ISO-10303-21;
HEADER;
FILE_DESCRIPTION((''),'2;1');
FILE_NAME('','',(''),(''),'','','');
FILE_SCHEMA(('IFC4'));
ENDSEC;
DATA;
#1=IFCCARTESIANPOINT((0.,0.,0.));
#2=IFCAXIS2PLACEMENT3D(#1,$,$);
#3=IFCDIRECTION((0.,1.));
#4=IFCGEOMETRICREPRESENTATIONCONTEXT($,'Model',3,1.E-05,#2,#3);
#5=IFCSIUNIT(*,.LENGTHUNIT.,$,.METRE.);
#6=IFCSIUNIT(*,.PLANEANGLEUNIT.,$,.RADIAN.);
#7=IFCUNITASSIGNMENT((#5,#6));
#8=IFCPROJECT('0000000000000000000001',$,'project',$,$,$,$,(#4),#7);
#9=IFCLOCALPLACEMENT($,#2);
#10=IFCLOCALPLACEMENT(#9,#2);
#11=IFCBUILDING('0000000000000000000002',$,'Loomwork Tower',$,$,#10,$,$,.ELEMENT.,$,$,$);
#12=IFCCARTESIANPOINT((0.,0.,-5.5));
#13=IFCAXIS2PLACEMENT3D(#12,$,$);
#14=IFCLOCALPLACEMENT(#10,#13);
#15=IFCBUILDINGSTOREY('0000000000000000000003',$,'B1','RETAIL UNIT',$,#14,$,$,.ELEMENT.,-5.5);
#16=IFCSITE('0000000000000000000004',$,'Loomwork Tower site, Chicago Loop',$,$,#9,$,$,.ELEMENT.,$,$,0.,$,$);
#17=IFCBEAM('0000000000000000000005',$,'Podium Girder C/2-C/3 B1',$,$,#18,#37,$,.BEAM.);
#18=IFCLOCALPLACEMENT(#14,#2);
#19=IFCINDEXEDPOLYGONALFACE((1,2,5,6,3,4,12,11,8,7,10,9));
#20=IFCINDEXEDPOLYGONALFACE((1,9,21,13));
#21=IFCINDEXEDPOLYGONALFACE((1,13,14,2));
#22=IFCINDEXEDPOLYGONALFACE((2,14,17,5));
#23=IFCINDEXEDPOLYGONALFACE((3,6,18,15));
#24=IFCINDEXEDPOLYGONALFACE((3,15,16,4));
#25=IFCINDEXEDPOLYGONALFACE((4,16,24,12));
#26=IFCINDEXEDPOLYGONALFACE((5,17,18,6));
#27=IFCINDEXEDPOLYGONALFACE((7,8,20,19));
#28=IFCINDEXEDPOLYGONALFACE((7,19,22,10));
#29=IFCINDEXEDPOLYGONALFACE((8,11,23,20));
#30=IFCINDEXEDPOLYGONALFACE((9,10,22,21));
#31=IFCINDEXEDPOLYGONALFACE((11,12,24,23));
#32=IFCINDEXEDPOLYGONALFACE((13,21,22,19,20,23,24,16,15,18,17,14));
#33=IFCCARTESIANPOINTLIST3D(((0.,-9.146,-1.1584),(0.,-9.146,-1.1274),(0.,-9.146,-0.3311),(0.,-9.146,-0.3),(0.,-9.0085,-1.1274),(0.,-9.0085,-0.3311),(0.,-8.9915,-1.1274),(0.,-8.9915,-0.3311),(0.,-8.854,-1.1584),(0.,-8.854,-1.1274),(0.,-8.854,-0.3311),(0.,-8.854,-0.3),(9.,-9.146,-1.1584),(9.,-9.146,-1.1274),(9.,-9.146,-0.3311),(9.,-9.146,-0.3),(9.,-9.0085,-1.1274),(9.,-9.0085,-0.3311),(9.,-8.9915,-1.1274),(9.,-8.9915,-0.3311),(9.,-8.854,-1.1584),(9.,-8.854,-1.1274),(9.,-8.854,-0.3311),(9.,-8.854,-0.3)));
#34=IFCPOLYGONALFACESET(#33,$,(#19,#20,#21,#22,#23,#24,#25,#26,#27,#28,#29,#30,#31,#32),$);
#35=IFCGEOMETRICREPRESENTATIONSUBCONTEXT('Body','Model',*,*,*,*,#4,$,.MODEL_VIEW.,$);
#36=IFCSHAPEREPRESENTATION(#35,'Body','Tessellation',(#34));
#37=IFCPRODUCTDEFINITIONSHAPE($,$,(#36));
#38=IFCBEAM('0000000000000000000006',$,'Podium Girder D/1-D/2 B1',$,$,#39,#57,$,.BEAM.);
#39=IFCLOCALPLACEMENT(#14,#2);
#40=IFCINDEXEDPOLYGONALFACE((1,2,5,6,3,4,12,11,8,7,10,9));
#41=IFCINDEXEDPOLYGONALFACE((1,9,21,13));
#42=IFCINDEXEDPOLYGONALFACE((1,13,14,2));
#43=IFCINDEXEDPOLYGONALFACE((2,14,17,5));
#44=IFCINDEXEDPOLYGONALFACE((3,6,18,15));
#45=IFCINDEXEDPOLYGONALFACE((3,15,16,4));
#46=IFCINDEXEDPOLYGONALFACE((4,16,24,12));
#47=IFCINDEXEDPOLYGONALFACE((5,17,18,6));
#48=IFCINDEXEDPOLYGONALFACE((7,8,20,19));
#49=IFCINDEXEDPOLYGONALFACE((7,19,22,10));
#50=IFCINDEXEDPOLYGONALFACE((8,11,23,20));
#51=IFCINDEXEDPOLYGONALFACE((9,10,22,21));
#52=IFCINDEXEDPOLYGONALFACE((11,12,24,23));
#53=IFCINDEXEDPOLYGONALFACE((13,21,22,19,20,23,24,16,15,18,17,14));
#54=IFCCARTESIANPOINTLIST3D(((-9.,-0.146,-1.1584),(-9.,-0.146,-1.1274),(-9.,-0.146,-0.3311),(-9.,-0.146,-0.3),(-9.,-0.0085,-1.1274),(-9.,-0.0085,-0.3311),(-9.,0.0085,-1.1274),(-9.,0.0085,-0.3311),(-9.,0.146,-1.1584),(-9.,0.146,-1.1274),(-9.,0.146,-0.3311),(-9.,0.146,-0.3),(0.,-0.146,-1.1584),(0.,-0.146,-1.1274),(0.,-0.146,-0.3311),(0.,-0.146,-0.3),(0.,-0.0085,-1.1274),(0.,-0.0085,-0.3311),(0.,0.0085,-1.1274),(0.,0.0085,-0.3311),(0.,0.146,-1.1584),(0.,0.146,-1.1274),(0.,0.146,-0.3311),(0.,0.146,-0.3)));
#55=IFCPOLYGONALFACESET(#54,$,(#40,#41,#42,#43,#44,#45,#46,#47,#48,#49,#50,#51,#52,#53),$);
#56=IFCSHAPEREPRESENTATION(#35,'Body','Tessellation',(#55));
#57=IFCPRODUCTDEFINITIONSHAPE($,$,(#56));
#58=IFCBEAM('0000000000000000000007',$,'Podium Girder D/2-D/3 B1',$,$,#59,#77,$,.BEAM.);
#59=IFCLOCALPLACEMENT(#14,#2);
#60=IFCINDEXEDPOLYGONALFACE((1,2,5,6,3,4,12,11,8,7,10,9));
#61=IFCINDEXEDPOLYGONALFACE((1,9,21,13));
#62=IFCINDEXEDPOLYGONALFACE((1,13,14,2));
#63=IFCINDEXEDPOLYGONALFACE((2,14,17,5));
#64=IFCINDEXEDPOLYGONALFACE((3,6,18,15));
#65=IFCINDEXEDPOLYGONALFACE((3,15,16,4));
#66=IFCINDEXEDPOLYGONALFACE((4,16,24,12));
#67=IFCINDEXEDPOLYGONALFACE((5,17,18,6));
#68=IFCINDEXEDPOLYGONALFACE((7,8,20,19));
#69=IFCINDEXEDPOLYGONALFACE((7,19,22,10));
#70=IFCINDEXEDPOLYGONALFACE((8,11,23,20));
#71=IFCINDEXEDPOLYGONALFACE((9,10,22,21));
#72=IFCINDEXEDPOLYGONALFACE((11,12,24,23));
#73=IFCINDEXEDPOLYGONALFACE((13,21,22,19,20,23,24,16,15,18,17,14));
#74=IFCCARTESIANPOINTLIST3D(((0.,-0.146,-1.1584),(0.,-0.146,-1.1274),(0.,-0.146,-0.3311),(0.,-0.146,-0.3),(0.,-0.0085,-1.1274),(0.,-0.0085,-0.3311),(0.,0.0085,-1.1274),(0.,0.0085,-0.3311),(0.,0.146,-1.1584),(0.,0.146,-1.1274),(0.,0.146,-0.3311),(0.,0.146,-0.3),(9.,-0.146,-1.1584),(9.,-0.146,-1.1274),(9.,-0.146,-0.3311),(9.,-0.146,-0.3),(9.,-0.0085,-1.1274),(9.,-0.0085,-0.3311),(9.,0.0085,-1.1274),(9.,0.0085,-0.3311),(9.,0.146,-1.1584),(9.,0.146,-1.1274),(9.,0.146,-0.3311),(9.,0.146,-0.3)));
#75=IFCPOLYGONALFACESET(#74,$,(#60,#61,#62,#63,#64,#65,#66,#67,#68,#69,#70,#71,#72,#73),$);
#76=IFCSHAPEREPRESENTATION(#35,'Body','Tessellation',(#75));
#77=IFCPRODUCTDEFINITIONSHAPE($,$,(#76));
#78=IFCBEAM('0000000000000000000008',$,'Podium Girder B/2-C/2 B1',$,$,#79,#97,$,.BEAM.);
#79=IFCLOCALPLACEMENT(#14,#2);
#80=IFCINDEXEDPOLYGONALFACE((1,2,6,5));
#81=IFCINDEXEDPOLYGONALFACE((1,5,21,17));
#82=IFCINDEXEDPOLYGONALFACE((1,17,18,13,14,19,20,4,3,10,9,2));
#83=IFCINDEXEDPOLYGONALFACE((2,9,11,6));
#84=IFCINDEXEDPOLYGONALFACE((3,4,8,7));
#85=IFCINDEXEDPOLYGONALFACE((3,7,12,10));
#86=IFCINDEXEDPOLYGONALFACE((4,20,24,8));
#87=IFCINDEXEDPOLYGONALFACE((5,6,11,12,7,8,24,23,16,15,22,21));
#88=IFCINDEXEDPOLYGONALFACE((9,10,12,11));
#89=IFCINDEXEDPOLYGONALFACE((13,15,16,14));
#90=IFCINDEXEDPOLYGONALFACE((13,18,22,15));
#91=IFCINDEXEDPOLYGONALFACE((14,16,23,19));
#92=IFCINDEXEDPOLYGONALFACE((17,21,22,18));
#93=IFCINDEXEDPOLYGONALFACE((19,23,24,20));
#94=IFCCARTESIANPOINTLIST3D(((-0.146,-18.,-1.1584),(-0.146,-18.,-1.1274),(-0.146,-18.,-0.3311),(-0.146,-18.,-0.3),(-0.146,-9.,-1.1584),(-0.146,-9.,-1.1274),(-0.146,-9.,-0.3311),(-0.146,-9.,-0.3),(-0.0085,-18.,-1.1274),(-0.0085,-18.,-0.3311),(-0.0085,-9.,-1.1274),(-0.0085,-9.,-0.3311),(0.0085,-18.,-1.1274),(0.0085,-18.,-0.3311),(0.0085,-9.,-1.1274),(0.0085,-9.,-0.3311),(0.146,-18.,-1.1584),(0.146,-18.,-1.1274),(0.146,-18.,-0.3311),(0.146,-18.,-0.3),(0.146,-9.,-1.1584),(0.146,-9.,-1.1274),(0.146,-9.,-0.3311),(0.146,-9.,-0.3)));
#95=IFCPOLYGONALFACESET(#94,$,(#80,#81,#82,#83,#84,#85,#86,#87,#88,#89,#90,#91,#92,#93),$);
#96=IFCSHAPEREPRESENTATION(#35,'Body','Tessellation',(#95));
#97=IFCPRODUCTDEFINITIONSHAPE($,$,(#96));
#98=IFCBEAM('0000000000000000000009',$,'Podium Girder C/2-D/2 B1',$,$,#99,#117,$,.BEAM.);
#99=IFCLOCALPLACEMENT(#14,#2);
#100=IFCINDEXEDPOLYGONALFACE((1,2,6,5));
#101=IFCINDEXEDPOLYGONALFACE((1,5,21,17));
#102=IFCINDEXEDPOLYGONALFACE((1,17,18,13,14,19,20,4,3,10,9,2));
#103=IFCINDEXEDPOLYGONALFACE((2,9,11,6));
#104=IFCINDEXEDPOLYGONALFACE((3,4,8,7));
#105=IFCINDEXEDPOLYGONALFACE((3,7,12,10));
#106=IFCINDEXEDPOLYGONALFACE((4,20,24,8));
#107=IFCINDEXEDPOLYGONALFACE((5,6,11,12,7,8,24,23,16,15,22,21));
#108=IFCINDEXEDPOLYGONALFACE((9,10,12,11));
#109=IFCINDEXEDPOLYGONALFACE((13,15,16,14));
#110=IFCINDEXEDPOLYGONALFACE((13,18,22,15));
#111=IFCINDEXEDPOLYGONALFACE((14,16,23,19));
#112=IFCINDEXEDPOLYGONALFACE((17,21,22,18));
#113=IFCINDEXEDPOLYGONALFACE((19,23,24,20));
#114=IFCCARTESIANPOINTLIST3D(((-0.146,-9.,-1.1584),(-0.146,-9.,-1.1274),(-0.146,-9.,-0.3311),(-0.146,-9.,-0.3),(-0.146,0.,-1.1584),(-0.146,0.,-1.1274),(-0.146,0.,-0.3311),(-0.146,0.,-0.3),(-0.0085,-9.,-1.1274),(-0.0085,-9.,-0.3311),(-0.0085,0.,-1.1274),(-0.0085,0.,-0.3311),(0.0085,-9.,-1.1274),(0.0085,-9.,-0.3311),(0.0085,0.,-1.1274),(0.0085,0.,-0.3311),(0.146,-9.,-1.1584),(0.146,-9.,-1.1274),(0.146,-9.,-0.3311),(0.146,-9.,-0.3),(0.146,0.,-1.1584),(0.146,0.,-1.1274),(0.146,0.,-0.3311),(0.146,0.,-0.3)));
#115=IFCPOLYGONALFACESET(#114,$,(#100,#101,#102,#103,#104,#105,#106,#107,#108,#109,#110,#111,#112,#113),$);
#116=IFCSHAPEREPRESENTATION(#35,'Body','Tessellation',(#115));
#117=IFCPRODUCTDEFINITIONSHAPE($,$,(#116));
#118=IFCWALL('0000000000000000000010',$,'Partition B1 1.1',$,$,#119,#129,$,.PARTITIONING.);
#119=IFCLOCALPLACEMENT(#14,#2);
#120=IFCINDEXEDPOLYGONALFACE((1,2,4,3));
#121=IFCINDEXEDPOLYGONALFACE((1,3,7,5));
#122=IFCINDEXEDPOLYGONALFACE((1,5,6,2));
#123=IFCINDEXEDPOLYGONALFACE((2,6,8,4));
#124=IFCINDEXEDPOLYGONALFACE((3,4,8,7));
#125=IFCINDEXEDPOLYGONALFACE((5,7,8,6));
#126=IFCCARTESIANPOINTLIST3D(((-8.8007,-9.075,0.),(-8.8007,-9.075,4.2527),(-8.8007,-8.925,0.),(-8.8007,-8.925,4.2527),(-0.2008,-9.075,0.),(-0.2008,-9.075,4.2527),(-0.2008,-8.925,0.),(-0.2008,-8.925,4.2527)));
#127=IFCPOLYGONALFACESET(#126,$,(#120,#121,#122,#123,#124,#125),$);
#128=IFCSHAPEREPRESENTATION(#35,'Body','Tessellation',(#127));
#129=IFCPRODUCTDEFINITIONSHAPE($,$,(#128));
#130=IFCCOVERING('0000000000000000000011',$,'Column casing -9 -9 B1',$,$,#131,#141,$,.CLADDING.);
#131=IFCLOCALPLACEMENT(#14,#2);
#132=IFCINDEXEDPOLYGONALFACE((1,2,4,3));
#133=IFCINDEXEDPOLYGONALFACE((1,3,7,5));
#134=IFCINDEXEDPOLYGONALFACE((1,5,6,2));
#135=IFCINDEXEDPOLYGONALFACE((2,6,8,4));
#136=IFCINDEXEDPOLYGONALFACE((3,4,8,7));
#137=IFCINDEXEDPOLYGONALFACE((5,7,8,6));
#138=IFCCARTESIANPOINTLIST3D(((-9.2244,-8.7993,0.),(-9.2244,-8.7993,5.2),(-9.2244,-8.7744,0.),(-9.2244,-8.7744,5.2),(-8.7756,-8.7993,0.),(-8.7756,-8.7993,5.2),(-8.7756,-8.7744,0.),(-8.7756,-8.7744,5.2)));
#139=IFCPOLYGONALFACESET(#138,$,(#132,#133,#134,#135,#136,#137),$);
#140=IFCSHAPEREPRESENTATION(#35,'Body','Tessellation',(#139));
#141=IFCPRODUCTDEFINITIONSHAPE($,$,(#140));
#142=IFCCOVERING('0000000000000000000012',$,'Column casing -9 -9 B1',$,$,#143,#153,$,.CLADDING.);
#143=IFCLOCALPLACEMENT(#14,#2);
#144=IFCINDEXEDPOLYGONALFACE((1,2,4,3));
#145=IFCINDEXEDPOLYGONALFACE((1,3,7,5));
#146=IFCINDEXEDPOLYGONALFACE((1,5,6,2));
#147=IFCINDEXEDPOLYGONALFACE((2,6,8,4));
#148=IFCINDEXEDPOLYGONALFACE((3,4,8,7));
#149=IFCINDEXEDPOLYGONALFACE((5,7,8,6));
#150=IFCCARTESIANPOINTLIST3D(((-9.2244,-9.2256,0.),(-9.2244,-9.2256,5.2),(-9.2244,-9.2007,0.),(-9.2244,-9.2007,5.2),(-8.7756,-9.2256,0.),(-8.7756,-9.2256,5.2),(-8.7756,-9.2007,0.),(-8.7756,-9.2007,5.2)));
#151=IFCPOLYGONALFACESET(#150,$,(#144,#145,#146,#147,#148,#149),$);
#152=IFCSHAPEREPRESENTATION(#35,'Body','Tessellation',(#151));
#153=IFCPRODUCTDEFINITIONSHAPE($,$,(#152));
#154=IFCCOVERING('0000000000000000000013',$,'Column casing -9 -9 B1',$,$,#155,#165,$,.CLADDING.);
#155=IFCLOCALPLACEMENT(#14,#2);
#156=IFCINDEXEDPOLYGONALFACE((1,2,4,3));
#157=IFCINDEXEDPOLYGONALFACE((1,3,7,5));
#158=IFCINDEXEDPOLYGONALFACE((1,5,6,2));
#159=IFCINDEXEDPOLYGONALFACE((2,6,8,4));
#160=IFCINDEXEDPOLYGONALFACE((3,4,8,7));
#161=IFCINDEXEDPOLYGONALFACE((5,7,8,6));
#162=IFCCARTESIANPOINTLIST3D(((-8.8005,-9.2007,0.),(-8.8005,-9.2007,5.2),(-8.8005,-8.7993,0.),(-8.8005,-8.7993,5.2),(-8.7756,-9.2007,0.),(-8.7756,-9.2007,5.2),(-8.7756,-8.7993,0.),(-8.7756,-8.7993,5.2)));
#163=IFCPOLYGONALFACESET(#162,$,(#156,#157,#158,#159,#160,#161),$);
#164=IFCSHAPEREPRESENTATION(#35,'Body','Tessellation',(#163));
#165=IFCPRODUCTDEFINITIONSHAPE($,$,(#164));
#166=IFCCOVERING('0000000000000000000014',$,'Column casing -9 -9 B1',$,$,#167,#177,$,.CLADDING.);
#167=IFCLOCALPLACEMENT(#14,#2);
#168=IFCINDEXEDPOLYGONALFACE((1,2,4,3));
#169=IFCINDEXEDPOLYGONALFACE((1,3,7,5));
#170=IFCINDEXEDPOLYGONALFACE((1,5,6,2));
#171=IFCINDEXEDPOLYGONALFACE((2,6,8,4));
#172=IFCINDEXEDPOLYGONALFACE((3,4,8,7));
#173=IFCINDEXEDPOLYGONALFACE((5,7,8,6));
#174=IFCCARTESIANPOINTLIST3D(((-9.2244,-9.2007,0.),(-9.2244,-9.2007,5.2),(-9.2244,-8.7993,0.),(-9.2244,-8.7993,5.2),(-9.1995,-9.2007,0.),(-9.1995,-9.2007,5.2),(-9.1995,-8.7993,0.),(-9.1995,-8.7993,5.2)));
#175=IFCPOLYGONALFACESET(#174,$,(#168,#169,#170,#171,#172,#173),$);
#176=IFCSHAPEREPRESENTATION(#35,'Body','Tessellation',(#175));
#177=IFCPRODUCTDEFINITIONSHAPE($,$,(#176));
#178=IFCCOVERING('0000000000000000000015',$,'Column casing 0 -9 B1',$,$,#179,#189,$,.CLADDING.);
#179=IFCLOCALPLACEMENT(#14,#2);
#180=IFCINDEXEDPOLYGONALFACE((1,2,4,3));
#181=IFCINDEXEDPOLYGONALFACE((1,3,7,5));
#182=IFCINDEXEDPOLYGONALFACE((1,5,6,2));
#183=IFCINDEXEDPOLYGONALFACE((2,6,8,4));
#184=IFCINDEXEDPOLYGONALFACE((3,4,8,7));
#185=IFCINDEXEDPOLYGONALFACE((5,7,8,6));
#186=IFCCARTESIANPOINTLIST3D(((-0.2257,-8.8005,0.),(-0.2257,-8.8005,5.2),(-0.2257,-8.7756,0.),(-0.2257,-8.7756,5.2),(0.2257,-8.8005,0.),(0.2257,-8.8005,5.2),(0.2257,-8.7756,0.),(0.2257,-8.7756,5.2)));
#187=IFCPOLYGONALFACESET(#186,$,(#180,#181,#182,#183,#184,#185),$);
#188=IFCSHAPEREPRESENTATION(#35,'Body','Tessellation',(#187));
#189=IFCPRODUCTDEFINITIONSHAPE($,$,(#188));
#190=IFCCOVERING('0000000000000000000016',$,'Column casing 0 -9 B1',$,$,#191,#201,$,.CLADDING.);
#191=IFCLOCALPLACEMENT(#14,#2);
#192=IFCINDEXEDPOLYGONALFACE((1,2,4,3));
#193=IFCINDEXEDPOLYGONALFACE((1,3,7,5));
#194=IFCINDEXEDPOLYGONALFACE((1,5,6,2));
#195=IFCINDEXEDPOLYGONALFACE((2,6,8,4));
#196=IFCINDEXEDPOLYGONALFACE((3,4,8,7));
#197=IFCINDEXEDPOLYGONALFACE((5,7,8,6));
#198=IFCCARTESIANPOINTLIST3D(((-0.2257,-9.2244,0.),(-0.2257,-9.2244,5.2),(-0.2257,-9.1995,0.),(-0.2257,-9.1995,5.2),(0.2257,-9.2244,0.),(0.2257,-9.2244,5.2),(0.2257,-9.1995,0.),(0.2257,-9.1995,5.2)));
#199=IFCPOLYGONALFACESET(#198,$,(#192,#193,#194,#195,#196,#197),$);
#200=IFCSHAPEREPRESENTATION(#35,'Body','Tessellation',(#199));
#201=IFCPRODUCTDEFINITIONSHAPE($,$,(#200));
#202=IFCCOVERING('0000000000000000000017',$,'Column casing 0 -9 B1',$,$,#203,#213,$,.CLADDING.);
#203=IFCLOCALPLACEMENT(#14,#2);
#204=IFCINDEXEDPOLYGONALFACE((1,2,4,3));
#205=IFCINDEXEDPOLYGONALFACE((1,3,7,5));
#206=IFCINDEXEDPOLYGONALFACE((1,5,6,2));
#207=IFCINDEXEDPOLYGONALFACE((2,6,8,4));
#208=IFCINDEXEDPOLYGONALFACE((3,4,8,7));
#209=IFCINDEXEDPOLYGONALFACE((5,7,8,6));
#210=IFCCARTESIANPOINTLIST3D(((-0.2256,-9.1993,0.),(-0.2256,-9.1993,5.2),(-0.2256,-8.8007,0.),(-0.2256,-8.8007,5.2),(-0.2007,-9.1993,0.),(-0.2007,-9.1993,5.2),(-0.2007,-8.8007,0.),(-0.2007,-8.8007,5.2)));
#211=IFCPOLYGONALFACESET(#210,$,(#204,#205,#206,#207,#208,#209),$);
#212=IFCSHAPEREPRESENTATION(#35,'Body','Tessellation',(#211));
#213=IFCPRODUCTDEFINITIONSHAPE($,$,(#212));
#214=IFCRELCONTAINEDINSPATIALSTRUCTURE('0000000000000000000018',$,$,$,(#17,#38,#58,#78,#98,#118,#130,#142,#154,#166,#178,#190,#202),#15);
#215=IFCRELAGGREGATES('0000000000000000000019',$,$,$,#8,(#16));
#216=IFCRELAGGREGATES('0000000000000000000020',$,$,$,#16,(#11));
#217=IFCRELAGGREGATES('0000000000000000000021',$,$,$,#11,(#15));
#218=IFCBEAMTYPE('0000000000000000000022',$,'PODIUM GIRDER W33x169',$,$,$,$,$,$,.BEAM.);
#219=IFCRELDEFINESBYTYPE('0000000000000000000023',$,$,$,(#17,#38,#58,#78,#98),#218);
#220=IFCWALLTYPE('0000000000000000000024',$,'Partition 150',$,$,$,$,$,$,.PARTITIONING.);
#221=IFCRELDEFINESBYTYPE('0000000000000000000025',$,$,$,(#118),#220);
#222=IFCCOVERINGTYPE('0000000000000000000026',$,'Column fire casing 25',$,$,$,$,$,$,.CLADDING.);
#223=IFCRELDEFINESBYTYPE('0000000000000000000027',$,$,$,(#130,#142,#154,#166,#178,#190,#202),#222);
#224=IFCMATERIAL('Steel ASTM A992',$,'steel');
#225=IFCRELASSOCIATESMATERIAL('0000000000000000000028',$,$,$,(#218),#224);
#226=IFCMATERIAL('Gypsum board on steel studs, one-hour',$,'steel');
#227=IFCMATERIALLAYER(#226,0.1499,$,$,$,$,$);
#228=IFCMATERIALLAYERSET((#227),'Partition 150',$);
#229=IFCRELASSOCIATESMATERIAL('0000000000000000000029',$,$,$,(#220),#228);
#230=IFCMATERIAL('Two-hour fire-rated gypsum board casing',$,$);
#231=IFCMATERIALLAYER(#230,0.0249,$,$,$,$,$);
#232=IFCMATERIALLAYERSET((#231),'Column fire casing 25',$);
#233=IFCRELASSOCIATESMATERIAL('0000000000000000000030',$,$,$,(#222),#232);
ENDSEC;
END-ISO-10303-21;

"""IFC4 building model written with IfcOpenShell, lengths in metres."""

from ifc_helpers import new_model, si_unit, direction, frame, frame_2d, origin, origin_2d, place, context, subcontext, project, spatial, rectangle, i_section, extrude, material, layer, layer_set, material_profile, profile_set, type_object, element, save


model = new_model("IFC4")

# Units and contexts
model_context = context("Model", 3, precision=1e-05, world=origin(), true_north=direction((0.0, 1.0)))
body_context = subcontext(model_context, "Body", "Model", "MODEL_VIEW")
ifc_project = project(units=[si_unit("LENGTHUNIT", "METRE"), si_unit("PLANEANGLEUNIT", "RADIAN")], contexts=[model_context])

# Site, building, storey
site_placement = place(None, origin())
site = spatial("IfcSite", under=ifc_project, at=site_placement, Name="Loomwork Tower site, Chicago Loop", CompositionType="ELEMENT", RefElevation=0.0)
building_placement = place(site_placement, origin())
building = spatial("IfcBuilding", under=site, at=building_placement, Name="Loomwork Tower", CompositionType="ELEMENT")
storey_placement = place(building_placement, frame((0.0, 0.0, -5.5)))
storey = spatial("IfcBuildingStorey", under=building, at=storey_placement, Name="B1", Description="RETAIL UNIT", CompositionType="ELEMENT", Elevation=-5.5)

# Beams
ifc_material_1 = material(Name="Steel ASTM A992", Category="steel")
ifc_material_profile_1 = material_profile(ifc_material_1, i_section(OverallWidth=0.292, OverallDepth=0.8584, WebThickness=0.0171, FlangeThickness=0.031, at=origin_2d()), Name="W33x169")
ifc_profile_set_1 = profile_set([ifc_material_profile_1], Name="Steel ASTM A992")
beam_type_1 = type_object("IfcBeamType", Name="PODIUM GIRDER W33x169", PredefinedType="BEAM", material=ifc_profile_set_1)
for number, where, z_axis, x_axis, name in (
    (1, (0.0, -9.0, -0.7292), (1.0, 0.0, 0.0), (0.0, 1.0, 0.0), "Podium Girder C/2-C/3 B1"),
    (2, (-9.0, 0.0, -0.7292), (1.0, 0.0, 0.0), (0.0, 1.0, 0.0), "Podium Girder D/1-D/2 B1"),
    (3, (0.0, 0.0, -0.7292), (1.0, 0.0, 0.0), (0.0, 1.0, 0.0), "Podium Girder D/2-D/3 B1"),
    (4, (0.0, -18.0, -0.7292), (0.0, 1.0, 0.0), (-1.0, 0.0, 0.0), "Podium Girder B/2-C/2 B1"),
    (5, (0.0, -9.0, -0.7292), (0.0, 1.0, 0.0), (-1.0, 0.0, 0.0), "Podium Girder C/2-D/2 B1"),
):
    element("IfcBeam", number, at=place(storey_placement, frame(where, z_axis=z_axis, x_axis=x_axis)), inside=storey, type_object=beam_type_1, Name=name, PredefinedType="BEAM", context=body_context, shape_type="SweptSolid", body=[
        extrude(i_section(OverallWidth=0.292, OverallDepth=0.8584, WebThickness=0.0171, FlangeThickness=0.031, at=origin_2d()), origin(), (0.0, 0.0, 1.0), 9.0),
    ])

# Wall
ifc_material_2 = material(Name="Gypsum board on steel studs, one-hour", Category="steel")
ifc_layer_1 = layer(ifc_material_2, 0.1499)
ifc_layer_set_1 = layer_set([ifc_layer_1], Name="Partition 150")
wall_type = type_object("IfcWallType", Name="Partition 150", PredefinedType="PARTITIONING", material=ifc_layer_set_1)
wall_placement = place(storey_placement, frame((-8.8005, -9.0, 0.0), z_axis=(0.0, 0.0, 1.0), x_axis=(1.0, 0.0, 0.0)))
element("IfcWall", 6, at=wall_placement, inside=storey, type_object=wall_type, Name="Partition B1 1.1", PredefinedType="PARTITIONING", context=body_context, shape_type="SweptSolid", body=[
    extrude(rectangle(XDim=8.5999, YDim=0.1499, at=frame_2d((4.2998, 0.0))), origin(), (0.0, 0.0, 1.0), 4.2527),
])

# Coverings
ifc_material_3 = material(Name="Two-hour fire-rated gypsum board casing")
ifc_layer_2 = layer(ifc_material_3, 0.0249)
ifc_layer_set_2 = layer_set([ifc_layer_2], Name="Column fire casing 25")
covering_type = type_object("IfcCoveringType", Name="Column fire casing 25", PredefinedType="CLADDING", material=ifc_layer_set_2)
for number, where, z_axis, x_axis, name in (
    (7, (-9.0, -8.7869, 0.0), (0.0, 0.0, 1.0), (1.0, 0.0, 0.0), "Column casing -9 -9 B1"),
    (8, (-9.0, -9.2131, 0.0), (0.0, 0.0, 1.0), (1.0, 0.0, 0.0), "Column casing -9 -9 B1"),
):
    element("IfcCovering", number, at=place(storey_placement, frame(where, z_axis=z_axis, x_axis=x_axis)), inside=storey, type_object=covering_type, Name=name, PredefinedType="CLADDING", context=body_context, shape_type="SweptSolid", body=[
        extrude(rectangle(XDim=0.4487, YDim=0.0249, at=origin_2d()), origin(), (0.0, 0.0, 1.0), 5.2),
    ])
for number, where, z_axis, x_axis, name in (
    (9, (-8.7881, -9.0, 0.0), (0.0, 0.0, 1.0), (1.0, 0.0, 0.0), "Column casing -9 -9 B1"),
    (10, (-9.2119, -9.0, 0.0), (0.0, 0.0, 1.0), (1.0, 0.0, 0.0), "Column casing -9 -9 B1"),
):
    element("IfcCovering", number, at=place(storey_placement, frame(where, z_axis=z_axis, x_axis=x_axis)), inside=storey, type_object=covering_type, Name=name, PredefinedType="CLADDING", context=body_context, shape_type="SweptSolid", body=[
        extrude(rectangle(XDim=0.0249, YDim=0.4014, at=origin_2d()), origin(), (0.0, 0.0, 1.0), 5.2),
    ])
for number, where, z_axis, x_axis, name in (
    (11, (0.0, -8.7881, 0.0), (0.0, 0.0, 1.0), (1.0, 0.0, 0.0), "Column casing 0 -9 B1"),
    (12, (0.0, -9.2119, 0.0), (0.0, 0.0, 1.0), (1.0, 0.0, 0.0), "Column casing 0 -9 B1"),
):
    element("IfcCovering", number, at=place(storey_placement, frame(where, z_axis=z_axis, x_axis=x_axis)), inside=storey, type_object=covering_type, Name=name, PredefinedType="CLADDING", context=body_context, shape_type="SweptSolid", body=[
        extrude(rectangle(XDim=0.4514, YDim=0.0249, at=origin_2d()), origin(), (0.0, 0.0, 1.0), 5.2),
    ])
covering_placement = place(storey_placement, frame((-0.2131, -9.0, 0.0), z_axis=(0.0, 0.0, 1.0), x_axis=(1.0, 0.0, 0.0)))
element("IfcCovering", 13, at=covering_placement, inside=storey, type_object=covering_type, Name="Column casing 0 -9 B1", PredefinedType="CLADDING", context=body_context, shape_type="SweptSolid", body=[
    extrude(rectangle(XDim=0.0249, YDim=0.3987, at=origin_2d()), origin(), (0.0, 0.0, 1.0), 5.2),
])

save(model, "model.ifc")
